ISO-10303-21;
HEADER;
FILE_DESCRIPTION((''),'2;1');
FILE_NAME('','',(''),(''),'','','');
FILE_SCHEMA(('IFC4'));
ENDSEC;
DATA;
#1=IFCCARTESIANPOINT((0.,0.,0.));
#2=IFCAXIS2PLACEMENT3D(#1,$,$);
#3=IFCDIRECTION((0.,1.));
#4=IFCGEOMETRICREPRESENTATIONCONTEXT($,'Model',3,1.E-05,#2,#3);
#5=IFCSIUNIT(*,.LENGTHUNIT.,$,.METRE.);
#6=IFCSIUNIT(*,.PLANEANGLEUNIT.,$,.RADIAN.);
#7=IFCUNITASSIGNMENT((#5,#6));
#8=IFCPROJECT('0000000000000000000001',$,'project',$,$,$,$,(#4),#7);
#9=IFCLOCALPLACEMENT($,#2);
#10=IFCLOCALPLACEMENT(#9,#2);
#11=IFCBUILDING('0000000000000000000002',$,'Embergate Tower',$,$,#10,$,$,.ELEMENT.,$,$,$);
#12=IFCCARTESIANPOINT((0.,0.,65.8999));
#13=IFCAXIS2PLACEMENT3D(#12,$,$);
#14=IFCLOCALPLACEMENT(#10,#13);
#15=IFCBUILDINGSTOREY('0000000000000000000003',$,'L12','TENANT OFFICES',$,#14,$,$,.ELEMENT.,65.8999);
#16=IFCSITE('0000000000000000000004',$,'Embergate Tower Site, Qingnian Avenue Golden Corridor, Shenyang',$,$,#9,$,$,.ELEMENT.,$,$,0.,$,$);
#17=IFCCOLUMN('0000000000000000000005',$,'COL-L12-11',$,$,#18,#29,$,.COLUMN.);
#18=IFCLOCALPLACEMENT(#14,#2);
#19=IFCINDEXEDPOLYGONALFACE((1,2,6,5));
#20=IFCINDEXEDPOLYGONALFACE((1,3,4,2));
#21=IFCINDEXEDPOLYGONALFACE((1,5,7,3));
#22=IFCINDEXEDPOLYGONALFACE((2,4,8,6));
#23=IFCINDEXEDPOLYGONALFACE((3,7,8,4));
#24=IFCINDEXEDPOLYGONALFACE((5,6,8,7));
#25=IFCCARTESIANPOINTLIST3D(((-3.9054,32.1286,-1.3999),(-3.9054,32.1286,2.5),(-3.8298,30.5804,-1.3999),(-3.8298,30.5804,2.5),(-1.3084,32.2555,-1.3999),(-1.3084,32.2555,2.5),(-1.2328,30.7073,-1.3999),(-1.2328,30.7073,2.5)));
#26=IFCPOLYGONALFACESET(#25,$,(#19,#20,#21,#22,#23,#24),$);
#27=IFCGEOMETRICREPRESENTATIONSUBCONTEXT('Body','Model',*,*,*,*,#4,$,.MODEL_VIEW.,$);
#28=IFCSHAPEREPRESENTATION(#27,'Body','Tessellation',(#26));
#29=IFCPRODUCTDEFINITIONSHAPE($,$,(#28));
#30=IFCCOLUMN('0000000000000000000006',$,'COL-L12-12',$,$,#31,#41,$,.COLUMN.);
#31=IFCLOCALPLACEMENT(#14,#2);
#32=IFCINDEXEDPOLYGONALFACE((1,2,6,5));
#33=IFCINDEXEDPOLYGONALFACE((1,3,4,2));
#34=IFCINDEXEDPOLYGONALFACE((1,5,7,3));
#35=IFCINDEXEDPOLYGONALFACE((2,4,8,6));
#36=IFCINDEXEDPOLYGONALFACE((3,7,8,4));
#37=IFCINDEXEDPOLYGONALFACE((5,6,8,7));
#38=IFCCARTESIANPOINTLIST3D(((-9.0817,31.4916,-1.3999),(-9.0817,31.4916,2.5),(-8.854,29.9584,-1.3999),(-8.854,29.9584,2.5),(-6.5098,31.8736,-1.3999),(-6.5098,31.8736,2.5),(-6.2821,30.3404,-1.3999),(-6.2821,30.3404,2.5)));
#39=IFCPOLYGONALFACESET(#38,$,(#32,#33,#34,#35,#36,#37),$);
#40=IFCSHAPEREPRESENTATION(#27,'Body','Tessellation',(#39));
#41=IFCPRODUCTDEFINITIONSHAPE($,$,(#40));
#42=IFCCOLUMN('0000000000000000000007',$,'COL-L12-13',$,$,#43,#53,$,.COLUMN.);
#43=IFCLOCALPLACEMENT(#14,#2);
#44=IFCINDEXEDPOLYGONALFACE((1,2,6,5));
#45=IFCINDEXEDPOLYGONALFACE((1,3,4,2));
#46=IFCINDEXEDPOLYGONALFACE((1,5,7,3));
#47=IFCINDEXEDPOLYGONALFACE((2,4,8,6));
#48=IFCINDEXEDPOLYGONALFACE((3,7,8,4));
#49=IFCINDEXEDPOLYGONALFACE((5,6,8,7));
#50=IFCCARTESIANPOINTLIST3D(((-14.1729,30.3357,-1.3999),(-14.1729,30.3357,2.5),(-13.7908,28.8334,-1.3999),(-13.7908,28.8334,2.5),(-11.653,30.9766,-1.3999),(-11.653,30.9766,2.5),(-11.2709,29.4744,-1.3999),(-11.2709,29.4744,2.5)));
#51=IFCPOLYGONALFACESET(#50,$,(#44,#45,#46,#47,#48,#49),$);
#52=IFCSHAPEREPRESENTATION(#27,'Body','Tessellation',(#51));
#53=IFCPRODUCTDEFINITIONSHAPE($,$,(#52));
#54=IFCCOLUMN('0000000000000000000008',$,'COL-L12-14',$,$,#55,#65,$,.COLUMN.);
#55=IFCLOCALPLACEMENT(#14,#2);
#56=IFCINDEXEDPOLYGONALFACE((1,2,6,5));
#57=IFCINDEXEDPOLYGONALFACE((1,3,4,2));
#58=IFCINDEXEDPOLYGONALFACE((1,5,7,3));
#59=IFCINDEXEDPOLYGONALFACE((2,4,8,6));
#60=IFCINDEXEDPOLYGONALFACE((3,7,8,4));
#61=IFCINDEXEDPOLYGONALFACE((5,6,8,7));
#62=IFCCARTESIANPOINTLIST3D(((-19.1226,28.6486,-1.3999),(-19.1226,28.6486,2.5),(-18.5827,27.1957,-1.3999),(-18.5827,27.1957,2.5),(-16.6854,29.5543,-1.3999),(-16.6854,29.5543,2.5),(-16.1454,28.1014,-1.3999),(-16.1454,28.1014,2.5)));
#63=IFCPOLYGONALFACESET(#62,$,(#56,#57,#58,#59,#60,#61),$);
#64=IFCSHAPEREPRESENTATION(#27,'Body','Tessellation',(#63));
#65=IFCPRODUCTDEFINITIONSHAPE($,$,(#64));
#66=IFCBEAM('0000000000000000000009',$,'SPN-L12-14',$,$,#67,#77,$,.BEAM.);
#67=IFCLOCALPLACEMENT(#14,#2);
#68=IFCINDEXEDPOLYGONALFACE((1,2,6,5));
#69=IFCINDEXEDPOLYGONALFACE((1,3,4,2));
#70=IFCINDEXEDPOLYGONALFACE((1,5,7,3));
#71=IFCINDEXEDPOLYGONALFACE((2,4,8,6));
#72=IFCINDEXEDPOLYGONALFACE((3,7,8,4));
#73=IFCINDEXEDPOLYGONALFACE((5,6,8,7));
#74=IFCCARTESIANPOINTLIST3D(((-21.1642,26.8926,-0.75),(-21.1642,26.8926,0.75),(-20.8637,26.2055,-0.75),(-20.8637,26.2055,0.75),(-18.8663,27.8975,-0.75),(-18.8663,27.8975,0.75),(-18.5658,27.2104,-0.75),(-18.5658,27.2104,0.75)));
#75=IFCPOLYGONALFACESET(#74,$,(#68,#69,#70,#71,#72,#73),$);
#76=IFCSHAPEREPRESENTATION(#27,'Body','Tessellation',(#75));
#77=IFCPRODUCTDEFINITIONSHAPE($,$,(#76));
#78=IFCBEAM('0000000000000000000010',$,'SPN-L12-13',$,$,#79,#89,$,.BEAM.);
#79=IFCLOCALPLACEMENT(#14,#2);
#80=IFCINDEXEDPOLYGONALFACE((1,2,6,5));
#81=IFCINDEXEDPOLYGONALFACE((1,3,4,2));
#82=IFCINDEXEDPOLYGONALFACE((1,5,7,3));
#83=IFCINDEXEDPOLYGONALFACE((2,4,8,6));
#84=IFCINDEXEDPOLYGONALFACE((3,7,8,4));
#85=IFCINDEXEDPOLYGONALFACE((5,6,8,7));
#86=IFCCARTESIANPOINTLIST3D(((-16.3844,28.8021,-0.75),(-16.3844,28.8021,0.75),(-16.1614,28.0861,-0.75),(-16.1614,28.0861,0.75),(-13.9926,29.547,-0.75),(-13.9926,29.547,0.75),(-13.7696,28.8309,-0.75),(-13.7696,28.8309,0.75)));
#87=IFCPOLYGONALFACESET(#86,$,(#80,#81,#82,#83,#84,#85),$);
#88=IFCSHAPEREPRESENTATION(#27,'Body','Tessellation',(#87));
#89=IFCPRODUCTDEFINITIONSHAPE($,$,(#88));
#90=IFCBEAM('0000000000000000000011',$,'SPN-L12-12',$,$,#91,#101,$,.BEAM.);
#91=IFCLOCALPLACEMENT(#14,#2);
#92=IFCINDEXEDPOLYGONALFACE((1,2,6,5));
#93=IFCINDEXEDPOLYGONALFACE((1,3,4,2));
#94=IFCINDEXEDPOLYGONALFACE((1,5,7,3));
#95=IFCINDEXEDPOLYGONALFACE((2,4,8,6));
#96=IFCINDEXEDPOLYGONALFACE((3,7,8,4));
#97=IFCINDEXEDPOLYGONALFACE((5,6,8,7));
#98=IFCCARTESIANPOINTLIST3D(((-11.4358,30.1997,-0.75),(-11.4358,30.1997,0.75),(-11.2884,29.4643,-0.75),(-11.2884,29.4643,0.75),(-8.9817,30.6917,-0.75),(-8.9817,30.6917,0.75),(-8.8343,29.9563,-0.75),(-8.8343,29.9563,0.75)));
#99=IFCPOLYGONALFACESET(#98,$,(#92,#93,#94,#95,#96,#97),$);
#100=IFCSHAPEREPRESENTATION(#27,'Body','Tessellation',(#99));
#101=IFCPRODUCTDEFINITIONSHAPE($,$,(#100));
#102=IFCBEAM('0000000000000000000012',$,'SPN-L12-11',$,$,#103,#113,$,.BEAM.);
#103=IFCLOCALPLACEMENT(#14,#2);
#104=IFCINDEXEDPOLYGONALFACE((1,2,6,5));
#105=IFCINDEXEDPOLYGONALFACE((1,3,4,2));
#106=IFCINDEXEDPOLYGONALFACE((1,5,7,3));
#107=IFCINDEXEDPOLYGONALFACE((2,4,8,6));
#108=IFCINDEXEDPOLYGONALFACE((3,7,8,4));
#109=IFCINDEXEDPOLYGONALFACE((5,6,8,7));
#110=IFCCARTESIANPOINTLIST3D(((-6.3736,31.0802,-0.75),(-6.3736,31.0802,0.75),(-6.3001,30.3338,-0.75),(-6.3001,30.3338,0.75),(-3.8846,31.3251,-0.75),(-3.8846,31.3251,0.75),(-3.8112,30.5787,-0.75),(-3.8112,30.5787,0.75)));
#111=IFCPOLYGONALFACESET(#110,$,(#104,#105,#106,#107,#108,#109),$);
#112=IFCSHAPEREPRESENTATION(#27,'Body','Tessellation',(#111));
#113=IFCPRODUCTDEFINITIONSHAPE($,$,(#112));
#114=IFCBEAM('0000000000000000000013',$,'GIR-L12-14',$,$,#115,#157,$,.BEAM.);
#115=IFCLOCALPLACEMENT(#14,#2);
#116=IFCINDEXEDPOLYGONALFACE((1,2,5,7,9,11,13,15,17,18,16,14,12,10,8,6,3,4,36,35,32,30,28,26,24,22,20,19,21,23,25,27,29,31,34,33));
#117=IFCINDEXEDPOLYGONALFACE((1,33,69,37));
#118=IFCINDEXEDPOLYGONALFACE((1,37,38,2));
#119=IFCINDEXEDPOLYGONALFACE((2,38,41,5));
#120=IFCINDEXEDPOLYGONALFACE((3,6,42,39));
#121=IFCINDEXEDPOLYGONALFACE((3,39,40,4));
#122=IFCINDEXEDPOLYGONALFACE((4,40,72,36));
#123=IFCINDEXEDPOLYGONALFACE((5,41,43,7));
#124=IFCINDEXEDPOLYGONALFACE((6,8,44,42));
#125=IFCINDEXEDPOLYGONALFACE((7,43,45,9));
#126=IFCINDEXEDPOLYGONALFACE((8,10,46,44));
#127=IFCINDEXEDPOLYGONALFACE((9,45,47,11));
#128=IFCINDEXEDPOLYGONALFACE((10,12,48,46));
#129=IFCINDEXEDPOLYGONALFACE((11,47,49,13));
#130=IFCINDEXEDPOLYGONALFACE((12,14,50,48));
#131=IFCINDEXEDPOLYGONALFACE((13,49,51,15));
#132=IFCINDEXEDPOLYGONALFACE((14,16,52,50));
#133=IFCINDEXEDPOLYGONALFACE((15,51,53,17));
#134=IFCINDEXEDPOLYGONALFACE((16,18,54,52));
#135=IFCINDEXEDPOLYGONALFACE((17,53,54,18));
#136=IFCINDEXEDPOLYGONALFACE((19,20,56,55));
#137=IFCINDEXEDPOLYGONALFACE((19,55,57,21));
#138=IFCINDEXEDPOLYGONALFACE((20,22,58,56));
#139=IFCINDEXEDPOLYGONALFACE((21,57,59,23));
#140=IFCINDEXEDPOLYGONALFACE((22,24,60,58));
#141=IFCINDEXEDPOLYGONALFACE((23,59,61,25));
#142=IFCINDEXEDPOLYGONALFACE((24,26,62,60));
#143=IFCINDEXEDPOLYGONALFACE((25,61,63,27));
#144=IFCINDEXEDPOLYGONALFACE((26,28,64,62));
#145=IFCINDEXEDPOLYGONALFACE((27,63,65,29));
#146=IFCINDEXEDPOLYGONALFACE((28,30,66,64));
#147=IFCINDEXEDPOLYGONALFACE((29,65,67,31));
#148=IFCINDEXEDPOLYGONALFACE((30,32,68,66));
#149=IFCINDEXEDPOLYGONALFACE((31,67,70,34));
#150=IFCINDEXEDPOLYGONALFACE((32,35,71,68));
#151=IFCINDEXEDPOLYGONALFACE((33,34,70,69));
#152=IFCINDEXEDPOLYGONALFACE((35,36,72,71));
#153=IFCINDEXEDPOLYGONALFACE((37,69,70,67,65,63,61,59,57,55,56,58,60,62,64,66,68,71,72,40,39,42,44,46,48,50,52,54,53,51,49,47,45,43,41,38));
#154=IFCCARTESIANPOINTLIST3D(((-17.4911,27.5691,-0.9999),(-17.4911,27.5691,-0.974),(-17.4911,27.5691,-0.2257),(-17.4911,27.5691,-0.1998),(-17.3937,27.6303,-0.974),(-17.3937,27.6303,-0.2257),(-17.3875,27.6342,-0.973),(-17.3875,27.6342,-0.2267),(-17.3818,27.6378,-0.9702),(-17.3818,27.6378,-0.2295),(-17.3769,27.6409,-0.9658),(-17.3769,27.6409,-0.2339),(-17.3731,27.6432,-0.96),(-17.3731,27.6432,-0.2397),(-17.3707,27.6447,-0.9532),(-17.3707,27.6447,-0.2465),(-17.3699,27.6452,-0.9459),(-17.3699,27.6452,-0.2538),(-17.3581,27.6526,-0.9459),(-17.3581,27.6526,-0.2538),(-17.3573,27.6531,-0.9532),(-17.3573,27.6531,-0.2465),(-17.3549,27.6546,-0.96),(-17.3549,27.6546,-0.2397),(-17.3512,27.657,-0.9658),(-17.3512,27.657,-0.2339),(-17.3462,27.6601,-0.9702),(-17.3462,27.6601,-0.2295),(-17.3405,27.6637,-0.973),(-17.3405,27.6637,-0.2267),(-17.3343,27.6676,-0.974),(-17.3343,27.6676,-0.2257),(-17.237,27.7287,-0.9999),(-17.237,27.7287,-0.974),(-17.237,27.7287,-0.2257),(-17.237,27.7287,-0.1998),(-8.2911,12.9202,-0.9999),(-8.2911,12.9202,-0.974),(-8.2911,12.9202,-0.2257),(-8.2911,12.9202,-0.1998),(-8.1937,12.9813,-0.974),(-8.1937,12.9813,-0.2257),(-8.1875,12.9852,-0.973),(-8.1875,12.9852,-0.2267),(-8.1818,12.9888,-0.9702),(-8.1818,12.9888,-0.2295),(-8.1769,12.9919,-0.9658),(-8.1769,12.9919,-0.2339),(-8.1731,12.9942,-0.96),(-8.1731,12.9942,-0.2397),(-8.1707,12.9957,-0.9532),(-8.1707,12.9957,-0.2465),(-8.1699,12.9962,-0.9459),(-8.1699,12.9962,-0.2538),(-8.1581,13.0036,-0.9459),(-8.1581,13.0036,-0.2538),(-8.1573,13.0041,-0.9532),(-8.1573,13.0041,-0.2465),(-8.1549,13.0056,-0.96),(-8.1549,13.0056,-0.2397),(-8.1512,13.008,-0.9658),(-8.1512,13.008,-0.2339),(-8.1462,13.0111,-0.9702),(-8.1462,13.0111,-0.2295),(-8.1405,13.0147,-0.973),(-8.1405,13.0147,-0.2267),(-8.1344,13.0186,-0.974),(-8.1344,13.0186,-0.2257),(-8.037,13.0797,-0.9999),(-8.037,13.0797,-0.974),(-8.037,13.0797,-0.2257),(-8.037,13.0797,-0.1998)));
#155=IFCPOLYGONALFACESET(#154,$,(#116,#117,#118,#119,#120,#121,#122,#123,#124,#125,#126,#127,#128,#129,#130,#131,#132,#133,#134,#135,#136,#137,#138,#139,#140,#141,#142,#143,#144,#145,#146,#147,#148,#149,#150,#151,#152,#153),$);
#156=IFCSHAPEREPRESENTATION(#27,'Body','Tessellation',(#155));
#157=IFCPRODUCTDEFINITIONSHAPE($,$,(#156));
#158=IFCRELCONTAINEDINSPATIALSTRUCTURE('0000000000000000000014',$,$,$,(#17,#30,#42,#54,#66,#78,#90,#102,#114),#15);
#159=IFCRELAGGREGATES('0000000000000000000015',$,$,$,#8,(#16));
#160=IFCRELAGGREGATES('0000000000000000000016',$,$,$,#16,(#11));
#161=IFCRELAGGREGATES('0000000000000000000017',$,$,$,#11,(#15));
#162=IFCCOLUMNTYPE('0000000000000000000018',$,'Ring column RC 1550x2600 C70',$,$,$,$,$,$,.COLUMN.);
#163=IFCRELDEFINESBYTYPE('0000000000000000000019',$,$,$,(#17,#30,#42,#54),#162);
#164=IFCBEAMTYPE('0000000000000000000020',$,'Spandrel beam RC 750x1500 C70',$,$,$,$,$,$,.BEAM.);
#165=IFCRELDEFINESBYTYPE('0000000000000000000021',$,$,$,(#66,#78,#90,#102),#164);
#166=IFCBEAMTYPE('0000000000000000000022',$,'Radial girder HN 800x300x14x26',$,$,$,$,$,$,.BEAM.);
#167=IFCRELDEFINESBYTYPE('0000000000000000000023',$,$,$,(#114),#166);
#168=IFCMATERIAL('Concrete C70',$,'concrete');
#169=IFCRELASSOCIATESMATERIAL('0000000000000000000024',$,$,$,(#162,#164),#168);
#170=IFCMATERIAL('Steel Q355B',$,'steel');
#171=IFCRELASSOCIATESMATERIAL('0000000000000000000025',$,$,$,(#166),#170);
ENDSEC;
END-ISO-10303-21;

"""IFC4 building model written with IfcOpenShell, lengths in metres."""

from ifc_helpers import new_model, si_unit, direction, frame, origin, origin_2d, place, context, subcontext, project, spatial, rectangle, i_section, extrude, source, transform, mapped, material, material_profile, profile_set, type_object, element, save


model = new_model("IFC4")

# Units and contexts
model_context = context("Model", 3, precision=1e-05, world=origin(), true_north=direction((0.0, 1.0)))
body_context = subcontext(model_context, "Body", "Model", "MODEL_VIEW")
ifc_project = project(units=[si_unit("LENGTHUNIT", "METRE"), si_unit("PLANEANGLEUNIT", "RADIAN")], contexts=[model_context])

# Site, building, storey
site_placement = place(None, origin())
site = spatial("IfcSite", under=ifc_project, at=site_placement, Name="Embergate Tower Site, Qingnian Avenue Golden Corridor, Shenyang", CompositionType="ELEMENT", RefElevation=0.0)
building_placement = place(site_placement, origin())
building = spatial("IfcBuilding", under=site, at=building_placement, Name="Embergate Tower", CompositionType="ELEMENT")
storey_placement = place(building_placement, frame((0.0, 0.0, 65.8999)))
storey = spatial("IfcBuildingStorey", under=building, at=storey_placement, Name="L12", Description="TENANT OFFICES", CompositionType="ELEMENT", Elevation=65.8999)

# Columns
ifc_material_1 = material(Name="Concrete C70", Category="concrete")
ifc_material_profile_1 = material_profile(ifc_material_1, rectangle(XDim=1.55, YDim=2.6001, at=origin_2d()), Name="RC 1550x2600")
ifc_profile_set_1 = profile_set([ifc_material_profile_1], Name="Concrete C70")
column_type = type_object("IfcColumnType", Name="Ring column RC 1550x2600 C70", PredefinedType="COLUMN", material=ifc_profile_set_1)
shared_shape_1 = source(origin(), body_context, "Body", "SweptSolid", [
    extrude(rectangle(XDim=1.55, YDim=2.6001, at=origin_2d()), origin(), (0.0, 0.0, 1.0), 3.8999),
])
for number, where, z_axis, x_axis, name in (
    (1, (-2.5691, 31.418, -1.3999), (0.0, 0.0, 1.0), (-0.048815, 0.998808, 0.0), "COL-L12-11"),
    (2, (-7.6819, 30.916, -1.3999), (0.0, 0.0, 1.0), (-0.146929, 0.989147, 0.0), "COL-L12-12"),
    (3, (-12.7219, 29.905, -1.3999), (0.0, 0.0, 1.0), (-0.246509, 0.969141, 0.0), "COL-L12-13"),
    (4, (-17.634, 28.375, -1.3999), (0.0, 0.0, 1.0), (-0.348343, 0.937367, 0.0), "COL-L12-14"),
):
    element("IfcColumn", number, at=place(storey_placement, frame(where, z_axis=z_axis, x_axis=x_axis)), inside=storey, type_object=column_type, Name=name, PredefinedType="COLUMN", context=body_context, shape_type="MappedRepresentation", body=[
        mapped(shared_shape_1, transform((0.0, 0.0, 0.0))),
    ])

# Beams
ifc_material_profile_2 = material_profile(ifc_material_1, rectangle(XDim=0.75, YDim=1.5, at=origin_2d()), Name="RC 750x1500")
ifc_profile_set_2 = profile_set([ifc_material_profile_2], Name="Concrete C70")
beam_type_1 = type_object("IfcBeamType", Name="Spandrel beam RC 750x1500 C70", PredefinedType="BEAM", material=ifc_profile_set_2)
shared_shape_2 = source(origin(), body_context, "Body", "SweptSolid", [
    extrude(rectangle(XDim=0.75, YDim=1.5, at=origin_2d()), origin(), (0.0, 0.0, 1.0), 2.5081),
])
beam_1_placement = place(storey_placement, frame((-18.7161, 27.554, 0.0), z_axis=(-0.91622, -0.400676, 0.0), x_axis=(0.400676, -0.91622, 0.0)))
element("IfcBeam", 5, at=beam_1_placement, inside=storey, type_object=beam_type_1, Name="SPN-L12-14", PredefinedType="BEAM", context=body_context, shape_type="MappedRepresentation", body=[
    mapped(shared_shape_2, transform((0.0, 0.0, 0.0))),
])
shared_shape_3 = source(origin(), body_context, "Body", "SweptSolid", [
    extrude(rectangle(XDim=0.75, YDim=1.5, at=origin_2d()), origin(), (0.0, 0.0, 1.0), 2.5051),
])
beam_2_placement = place(storey_placement, frame((-13.8811, 29.189, 0.0), z_axis=(-0.954773, -0.297337, 0.0), x_axis=(0.297337, -0.954773, 0.0)))
element("IfcBeam", 6, at=beam_2_placement, inside=storey, type_object=beam_type_1, Name="SPN-L12-13", PredefinedType="BEAM", context=body_context, shape_type="MappedRepresentation", body=[
    mapped(shared_shape_3, transform((0.0, 0.0, 0.0))),
])
shared_shape_4 = source(origin(), body_context, "Body", "SweptSolid", [
    extrude(rectangle(XDim=0.75, YDim=1.5, at=origin_2d()), origin(), (0.0, 0.0, 1.0), 2.5029),
])
beam_3_placement = place(storey_placement, frame((-8.908, 30.324, 0.0), z_axis=(-0.980494, -0.196548, 0.0), x_axis=(0.196548, -0.980494, 0.0)))
element("IfcBeam", 7, at=beam_3_placement, inside=storey, type_object=beam_type_1, Name="SPN-L12-12", PredefinedType="BEAM", context=body_context, shape_type="MappedRepresentation", body=[
    mapped(shared_shape_4, transform((0.0, 0.0, 0.0))),
])
shared_shape_5 = source(origin(), body_context, "Body", "SweptSolid", [
    extrude(rectangle(XDim=0.75, YDim=1.5, at=origin_2d()), origin(), (0.0, 0.0, 1.0), 2.501),
])
beam_4_placement = place(storey_placement, frame((-3.8479, 30.9519, 0.0), z_axis=(-0.995195, -0.097909, 0.0), x_axis=(0.097909, -0.995195, 0.0)))
element("IfcBeam", 8, at=beam_4_placement, inside=storey, type_object=beam_type_1, Name="SPN-L12-11", PredefinedType="BEAM", context=body_context, shape_type="MappedRepresentation", body=[
    mapped(shared_shape_5, transform((0.0, 0.0, 0.0))),
])
ifc_material_2 = material(Name="Steel Q355B", Category="steel")
ifc_material_profile_3 = material_profile(ifc_material_2, i_section(OverallWidth=0.3, OverallDepth=0.8, WebThickness=0.0139, FlangeThickness=0.0259, FilletRadius=0.0281, at=origin_2d()), Name="HN 800x300x14x26")
ifc_profile_set_3 = profile_set([ifc_material_profile_3], Name="Steel Q355 grade B")
beam_type_2 = type_object("IfcBeamType", Name="Radial girder HN 800x300x14x26", PredefinedType="BEAM", material=ifc_profile_set_3)
shared_shape_6 = source(origin(), body_context, "Body", "SweptSolid", [
    extrude(i_section(OverallWidth=0.3, OverallDepth=0.8, WebThickness=0.0139, FlangeThickness=0.0259, FilletRadius=0.0281, at=origin_2d()), origin(), (0.0, 0.0, 1.0), 17.2983),
])
beam_5_placement = place(storey_placement, frame((-17.364, 27.6489, -0.5999), z_axis=(0.531842, -0.846843, 0.0), x_axis=(0.846843, 0.531842, 0.0)))
element("IfcBeam", 9, at=beam_5_placement, inside=storey, type_object=beam_type_2, Name="GIR-L12-14", PredefinedType="BEAM", context=body_context, shape_type="MappedRepresentation", body=[
    mapped(shared_shape_6, transform((0.0, 0.0, 0.0))),
])

save(model, "model.ifc")
